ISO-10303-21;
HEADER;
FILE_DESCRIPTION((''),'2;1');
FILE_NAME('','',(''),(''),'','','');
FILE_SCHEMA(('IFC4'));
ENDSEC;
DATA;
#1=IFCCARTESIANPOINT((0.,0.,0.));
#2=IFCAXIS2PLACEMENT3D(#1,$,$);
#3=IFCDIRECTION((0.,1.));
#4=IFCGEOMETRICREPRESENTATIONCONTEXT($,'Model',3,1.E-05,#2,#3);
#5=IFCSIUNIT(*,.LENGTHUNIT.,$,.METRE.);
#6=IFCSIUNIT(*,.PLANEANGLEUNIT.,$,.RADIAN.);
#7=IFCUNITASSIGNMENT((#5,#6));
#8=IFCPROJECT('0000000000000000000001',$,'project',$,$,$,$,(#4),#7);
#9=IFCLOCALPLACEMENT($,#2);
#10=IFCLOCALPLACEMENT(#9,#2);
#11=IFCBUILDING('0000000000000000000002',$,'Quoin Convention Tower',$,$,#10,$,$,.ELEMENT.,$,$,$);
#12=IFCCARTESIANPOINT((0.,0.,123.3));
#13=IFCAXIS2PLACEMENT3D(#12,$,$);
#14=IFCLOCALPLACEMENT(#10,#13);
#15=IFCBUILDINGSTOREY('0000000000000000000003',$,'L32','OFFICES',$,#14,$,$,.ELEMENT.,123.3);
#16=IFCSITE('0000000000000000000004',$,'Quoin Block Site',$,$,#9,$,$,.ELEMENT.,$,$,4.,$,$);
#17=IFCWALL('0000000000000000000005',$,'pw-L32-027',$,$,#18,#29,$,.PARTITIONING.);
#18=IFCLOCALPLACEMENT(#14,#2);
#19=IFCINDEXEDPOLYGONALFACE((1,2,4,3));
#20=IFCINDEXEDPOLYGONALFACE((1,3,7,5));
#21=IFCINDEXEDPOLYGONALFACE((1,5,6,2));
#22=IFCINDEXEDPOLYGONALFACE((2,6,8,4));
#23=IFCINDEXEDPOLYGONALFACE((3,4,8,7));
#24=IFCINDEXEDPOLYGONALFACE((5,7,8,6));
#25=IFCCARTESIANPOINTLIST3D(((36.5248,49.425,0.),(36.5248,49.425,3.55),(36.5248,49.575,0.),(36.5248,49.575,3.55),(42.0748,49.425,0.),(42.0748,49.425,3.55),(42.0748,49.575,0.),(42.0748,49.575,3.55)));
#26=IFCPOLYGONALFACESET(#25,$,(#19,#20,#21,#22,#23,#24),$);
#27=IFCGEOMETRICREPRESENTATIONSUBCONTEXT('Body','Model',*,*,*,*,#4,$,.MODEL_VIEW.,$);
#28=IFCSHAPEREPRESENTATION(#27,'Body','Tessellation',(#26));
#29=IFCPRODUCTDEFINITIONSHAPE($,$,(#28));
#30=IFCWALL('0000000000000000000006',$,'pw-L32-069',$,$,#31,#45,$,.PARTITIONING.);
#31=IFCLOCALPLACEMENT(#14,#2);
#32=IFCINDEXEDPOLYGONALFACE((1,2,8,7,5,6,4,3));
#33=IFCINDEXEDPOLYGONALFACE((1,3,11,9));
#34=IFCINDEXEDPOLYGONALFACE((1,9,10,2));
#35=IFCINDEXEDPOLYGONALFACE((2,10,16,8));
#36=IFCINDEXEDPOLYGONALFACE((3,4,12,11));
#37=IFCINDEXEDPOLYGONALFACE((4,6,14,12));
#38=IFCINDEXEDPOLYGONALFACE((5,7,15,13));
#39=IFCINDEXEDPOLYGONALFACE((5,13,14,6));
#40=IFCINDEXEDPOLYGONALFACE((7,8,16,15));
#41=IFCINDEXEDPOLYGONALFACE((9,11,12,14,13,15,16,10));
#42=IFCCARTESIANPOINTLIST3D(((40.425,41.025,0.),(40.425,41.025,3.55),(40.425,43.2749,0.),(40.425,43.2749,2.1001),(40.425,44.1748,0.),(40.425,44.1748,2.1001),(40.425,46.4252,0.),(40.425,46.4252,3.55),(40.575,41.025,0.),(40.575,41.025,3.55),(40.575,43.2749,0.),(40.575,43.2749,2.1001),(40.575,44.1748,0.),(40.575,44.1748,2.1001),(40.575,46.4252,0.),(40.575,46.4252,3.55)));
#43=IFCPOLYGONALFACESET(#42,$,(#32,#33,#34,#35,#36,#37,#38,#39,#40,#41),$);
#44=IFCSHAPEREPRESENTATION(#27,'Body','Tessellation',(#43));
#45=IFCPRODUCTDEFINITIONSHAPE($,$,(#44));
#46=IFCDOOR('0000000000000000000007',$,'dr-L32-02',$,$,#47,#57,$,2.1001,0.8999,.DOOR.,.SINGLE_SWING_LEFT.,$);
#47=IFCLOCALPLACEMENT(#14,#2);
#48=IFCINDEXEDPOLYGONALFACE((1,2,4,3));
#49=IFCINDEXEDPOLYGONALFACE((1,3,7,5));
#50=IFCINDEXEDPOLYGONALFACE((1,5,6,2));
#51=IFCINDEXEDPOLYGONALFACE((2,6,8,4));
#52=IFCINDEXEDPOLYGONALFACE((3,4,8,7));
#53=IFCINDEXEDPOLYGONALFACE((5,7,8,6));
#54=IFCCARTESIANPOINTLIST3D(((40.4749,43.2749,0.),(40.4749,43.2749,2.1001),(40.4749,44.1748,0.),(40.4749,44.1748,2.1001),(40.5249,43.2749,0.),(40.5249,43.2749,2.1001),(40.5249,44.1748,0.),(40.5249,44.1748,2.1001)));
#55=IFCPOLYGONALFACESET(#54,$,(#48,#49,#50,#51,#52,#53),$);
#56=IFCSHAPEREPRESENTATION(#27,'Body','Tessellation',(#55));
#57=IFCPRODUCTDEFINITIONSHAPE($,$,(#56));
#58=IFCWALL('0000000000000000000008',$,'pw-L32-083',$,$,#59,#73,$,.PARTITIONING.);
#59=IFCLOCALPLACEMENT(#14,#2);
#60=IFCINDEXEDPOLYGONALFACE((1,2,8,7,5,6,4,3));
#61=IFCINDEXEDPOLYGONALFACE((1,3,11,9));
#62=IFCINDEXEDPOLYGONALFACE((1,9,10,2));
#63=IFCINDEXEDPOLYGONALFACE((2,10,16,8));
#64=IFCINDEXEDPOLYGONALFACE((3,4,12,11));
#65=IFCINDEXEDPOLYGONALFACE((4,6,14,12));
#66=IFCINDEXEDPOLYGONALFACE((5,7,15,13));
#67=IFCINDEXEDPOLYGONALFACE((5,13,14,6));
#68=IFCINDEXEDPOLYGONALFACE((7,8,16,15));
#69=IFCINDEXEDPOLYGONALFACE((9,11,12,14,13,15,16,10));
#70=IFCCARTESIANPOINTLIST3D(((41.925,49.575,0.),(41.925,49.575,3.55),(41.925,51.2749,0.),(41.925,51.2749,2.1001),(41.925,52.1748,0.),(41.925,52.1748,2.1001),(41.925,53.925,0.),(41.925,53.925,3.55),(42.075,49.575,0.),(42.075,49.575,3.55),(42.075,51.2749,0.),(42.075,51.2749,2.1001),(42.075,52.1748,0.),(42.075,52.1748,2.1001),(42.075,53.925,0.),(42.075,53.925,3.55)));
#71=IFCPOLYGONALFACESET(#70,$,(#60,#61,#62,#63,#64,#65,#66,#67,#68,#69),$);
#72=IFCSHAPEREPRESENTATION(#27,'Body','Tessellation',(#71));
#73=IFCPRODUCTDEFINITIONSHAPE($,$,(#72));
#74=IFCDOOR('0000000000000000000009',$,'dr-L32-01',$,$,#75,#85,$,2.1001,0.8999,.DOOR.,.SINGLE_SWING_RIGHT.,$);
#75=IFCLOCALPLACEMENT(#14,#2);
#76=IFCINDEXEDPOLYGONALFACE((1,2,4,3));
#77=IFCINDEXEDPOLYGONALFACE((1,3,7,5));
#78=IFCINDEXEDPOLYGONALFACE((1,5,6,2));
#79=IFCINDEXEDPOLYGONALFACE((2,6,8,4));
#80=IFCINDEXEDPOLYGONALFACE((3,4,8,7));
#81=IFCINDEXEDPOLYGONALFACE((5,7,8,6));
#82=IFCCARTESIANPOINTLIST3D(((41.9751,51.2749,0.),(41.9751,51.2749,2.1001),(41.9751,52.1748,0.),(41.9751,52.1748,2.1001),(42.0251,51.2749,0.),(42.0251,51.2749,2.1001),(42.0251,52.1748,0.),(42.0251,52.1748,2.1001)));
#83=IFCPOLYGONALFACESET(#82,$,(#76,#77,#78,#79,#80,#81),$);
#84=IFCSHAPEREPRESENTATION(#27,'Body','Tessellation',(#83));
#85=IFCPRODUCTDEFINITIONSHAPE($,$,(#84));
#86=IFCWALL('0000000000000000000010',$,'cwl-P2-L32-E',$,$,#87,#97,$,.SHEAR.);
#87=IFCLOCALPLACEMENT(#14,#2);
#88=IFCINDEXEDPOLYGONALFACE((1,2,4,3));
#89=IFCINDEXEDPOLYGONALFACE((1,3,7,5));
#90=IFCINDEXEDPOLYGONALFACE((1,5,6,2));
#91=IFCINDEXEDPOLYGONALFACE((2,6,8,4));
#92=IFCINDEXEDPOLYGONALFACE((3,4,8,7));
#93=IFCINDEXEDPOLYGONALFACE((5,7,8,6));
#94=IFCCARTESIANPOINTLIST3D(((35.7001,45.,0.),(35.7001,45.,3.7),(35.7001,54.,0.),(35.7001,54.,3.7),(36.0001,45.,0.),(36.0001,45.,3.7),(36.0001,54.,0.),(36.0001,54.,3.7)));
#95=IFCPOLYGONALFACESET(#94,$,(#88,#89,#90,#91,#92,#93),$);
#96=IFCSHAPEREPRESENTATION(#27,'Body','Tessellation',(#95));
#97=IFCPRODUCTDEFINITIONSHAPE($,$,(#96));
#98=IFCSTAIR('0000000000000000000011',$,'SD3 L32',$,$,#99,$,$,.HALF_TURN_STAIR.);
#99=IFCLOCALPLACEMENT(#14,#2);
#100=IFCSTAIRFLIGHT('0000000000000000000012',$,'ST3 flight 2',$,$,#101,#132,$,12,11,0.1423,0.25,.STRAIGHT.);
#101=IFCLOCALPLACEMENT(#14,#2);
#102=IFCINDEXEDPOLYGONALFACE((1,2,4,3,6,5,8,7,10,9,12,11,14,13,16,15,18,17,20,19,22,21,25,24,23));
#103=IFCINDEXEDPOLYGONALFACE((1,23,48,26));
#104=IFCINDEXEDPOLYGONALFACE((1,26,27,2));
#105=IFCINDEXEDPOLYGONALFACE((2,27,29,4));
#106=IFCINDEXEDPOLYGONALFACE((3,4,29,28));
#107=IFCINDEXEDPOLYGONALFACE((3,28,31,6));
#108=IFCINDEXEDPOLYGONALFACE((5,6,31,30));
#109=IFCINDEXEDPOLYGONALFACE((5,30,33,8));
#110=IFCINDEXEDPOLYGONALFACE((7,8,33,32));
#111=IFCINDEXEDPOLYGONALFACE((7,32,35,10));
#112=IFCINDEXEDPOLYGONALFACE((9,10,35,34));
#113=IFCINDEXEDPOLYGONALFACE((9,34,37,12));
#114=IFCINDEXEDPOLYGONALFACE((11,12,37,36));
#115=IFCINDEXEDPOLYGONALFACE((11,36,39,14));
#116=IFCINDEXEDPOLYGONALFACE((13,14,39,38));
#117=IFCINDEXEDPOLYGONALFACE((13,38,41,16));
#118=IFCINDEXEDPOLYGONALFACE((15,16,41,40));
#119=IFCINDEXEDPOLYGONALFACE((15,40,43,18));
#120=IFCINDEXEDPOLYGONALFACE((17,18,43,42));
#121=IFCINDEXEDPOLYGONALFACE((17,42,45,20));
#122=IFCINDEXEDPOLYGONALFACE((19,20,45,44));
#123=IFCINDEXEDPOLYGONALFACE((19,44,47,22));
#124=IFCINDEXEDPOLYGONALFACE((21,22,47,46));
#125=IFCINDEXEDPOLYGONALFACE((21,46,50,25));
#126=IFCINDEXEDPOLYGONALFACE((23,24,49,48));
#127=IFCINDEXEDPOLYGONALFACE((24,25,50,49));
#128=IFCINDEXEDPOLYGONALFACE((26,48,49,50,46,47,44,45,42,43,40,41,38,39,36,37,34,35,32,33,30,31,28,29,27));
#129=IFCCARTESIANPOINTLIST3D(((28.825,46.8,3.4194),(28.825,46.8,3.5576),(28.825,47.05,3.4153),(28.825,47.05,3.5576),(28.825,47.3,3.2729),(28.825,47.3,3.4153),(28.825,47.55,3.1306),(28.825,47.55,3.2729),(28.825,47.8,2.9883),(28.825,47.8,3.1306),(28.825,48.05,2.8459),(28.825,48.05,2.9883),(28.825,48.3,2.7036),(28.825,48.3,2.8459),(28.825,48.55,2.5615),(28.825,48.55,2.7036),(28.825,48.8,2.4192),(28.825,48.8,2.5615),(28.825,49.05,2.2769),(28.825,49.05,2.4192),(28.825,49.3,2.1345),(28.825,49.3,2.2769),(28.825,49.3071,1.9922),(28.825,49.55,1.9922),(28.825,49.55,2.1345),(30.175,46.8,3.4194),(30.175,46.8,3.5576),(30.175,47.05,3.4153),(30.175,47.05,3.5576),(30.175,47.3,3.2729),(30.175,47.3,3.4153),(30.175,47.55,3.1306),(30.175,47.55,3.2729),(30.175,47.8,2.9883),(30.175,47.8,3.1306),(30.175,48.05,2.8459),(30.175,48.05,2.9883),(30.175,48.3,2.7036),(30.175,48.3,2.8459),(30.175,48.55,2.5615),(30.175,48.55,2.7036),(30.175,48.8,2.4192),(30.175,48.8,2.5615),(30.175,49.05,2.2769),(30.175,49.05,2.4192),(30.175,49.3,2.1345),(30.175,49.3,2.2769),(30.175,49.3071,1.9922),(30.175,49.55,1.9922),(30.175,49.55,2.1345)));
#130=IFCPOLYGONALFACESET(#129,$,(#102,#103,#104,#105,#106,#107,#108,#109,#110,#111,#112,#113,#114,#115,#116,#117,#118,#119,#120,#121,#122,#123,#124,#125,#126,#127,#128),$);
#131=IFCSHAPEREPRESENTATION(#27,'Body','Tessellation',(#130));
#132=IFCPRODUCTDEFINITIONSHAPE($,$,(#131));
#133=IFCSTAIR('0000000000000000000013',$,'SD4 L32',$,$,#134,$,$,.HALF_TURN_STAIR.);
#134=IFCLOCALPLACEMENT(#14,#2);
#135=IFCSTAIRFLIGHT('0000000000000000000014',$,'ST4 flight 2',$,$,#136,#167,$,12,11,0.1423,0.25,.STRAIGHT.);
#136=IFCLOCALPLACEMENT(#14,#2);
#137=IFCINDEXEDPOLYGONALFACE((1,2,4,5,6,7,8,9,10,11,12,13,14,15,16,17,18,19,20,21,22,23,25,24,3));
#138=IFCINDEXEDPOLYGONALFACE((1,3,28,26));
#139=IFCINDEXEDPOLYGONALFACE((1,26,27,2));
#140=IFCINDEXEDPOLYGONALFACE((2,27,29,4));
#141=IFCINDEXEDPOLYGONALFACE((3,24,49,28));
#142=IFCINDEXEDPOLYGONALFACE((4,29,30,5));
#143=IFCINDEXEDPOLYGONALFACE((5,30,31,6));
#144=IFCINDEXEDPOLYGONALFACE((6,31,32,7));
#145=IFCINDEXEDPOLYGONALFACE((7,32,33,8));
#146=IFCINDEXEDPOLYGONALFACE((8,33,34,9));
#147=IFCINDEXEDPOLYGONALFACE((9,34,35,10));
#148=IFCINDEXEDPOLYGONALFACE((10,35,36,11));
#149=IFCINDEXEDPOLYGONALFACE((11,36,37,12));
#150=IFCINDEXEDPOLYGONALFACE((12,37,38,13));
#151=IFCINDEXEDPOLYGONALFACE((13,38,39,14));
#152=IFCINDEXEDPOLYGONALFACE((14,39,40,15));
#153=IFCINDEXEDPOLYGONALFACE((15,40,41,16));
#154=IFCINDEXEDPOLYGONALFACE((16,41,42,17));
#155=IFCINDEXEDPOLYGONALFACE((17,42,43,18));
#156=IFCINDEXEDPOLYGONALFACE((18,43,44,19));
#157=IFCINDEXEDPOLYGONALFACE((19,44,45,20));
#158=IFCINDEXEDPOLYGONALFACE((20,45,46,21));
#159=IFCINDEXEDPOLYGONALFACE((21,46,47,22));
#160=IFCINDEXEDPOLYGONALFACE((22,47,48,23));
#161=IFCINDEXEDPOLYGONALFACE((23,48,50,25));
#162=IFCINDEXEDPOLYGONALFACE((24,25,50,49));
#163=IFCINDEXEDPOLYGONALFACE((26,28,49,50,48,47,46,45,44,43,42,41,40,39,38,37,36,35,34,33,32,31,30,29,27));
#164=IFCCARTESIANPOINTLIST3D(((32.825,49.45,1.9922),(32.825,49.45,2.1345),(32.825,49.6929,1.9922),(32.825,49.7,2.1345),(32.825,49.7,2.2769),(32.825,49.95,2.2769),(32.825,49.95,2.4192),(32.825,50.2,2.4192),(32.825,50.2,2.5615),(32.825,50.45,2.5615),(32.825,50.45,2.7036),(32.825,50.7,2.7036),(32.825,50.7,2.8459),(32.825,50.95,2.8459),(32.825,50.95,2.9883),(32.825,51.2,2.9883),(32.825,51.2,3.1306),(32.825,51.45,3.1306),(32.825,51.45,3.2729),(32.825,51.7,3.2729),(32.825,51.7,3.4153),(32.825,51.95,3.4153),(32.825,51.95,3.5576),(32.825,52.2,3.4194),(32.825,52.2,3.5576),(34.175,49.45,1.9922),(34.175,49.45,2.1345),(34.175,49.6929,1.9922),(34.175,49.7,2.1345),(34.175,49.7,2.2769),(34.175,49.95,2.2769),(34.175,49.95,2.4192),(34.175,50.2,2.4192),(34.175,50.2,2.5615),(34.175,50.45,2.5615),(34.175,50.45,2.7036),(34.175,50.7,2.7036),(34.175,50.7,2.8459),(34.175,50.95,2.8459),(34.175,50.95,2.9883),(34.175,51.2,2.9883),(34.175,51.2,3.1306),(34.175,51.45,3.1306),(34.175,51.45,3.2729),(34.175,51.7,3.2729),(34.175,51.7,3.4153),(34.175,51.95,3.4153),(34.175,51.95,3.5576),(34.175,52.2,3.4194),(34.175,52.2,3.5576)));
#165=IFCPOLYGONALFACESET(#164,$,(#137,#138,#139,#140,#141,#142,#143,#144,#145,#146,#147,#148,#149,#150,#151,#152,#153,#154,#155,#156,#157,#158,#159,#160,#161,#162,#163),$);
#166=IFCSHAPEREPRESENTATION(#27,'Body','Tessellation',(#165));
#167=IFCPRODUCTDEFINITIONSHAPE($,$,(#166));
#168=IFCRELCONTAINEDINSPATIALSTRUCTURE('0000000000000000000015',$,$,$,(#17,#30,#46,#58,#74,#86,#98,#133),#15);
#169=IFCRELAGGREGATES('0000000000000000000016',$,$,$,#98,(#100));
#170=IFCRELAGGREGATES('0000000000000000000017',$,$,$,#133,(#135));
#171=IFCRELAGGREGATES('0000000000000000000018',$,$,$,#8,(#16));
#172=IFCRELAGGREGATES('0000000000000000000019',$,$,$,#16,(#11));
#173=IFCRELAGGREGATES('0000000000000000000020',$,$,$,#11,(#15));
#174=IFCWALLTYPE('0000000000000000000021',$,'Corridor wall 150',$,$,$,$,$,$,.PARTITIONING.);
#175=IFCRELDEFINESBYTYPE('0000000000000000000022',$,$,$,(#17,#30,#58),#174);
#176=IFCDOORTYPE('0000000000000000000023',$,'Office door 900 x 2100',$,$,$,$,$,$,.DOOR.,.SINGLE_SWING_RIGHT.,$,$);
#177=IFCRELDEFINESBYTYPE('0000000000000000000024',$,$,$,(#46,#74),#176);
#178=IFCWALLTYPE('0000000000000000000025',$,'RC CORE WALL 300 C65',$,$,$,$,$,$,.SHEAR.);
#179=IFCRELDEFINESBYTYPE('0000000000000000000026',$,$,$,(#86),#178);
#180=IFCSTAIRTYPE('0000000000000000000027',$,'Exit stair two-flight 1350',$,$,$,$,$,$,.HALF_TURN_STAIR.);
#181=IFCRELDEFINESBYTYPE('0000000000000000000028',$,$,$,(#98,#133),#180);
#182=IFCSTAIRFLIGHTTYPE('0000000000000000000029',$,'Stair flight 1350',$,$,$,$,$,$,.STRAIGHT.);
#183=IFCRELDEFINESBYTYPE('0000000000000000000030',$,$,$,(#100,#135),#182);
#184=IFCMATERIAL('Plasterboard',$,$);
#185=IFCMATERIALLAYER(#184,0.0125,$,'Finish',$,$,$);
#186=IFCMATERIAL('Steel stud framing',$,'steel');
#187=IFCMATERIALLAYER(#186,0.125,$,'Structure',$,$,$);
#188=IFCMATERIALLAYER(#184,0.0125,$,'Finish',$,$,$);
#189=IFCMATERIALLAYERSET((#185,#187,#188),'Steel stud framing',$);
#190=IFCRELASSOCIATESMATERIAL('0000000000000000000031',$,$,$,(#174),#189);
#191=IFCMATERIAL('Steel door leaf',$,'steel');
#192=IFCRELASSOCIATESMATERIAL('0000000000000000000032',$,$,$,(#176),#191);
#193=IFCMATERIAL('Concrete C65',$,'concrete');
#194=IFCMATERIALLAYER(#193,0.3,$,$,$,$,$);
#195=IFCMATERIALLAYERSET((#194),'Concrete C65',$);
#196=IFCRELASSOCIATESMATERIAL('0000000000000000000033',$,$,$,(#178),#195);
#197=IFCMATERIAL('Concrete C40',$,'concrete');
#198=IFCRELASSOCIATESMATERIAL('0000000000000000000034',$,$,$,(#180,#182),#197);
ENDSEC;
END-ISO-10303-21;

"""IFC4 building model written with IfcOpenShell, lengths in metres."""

from ifc_helpers import new_model, si_unit, direction, frame, frame_2d, origin, place, context, subcontext, project, spatial, polyline, rectangle, outline, extrude, material, layer, layer_set, type_object, element, fill, aggregate, save


model = new_model("IFC4")

# Units and contexts
model_context = context("Model", 3, precision=1e-05, world=origin(), true_north=direction((0.0, 1.0)))
body_context = subcontext(model_context, "Body", "Model", "MODEL_VIEW")
ifc_project = project(units=[si_unit("LENGTHUNIT", "METRE"), si_unit("PLANEANGLEUNIT", "RADIAN")], contexts=[model_context])

# Site, building, storey
site_placement = place(None, origin())
site = spatial("IfcSite", under=ifc_project, at=site_placement, Name="Quoin Block Site", CompositionType="ELEMENT", RefElevation=4.0)
building_placement = place(site_placement, origin())
building = spatial("IfcBuilding", under=site, at=building_placement, Name="Quoin Convention Tower", CompositionType="ELEMENT")
storey_placement = place(building_placement, frame((0.0, 0.0, 123.3)))
storey = spatial("IfcBuildingStorey", under=building, at=storey_placement, Name="L32", Description="OFFICES", CompositionType="ELEMENT", Elevation=123.3)

# Shared definitions
ifc_material_1 = material(Name="Concrete C65", Category="concrete")

# Wall
ifc_material_2 = material(Name="Plasterboard")
ifc_layer_1 = layer(ifc_material_2, 0.0125, Name="Finish")
ifc_material_3 = material(Name="Steel stud framing", Category="steel")
ifc_layer_2 = layer(ifc_material_3, 0.125, Name="Structure")
ifc_layer_3 = layer(ifc_material_2, 0.0125, Name="Finish")
ifc_layer_set_1 = layer_set([ifc_layer_1, ifc_layer_2, ifc_layer_3], Name="Steel stud framing")
wall_type_1 = type_object("IfcWallType", Name="Corridor wall 150", PredefinedType="PARTITIONING", material=ifc_layer_set_1)
wall_1_placement = place(storey_placement, frame((36.5249, 49.5, 0.0), z_axis=(0.0, 0.0, 1.0), x_axis=(1.0, 0.0, 0.0)))
element("IfcWall", 1, at=wall_1_placement, inside=storey, type_object=wall_type_1, Name="pw-L32-027", PredefinedType="PARTITIONING", context=body_context, shape_type="SweptSolid", body=[
    extrude(rectangle(XDim=5.55, YDim=0.1499, at=frame_2d((2.7749, 0.0))), origin(), (0.0, 0.0, 1.0), 3.55),
])

# Walls, openings, doors
wall_2_placement = place(storey_placement, frame((40.5, 41.0249, 0.0), z_axis=(0.0, 0.0, 1.0), x_axis=(0.0, 1.0, 0.0)))
wall_2 = element("IfcWall", 2, at=wall_2_placement, inside=storey, type_object=wall_type_1, Name="pw-L32-069", PredefinedType="PARTITIONING", context=body_context, shape_type="SweptSolid", body=[
    extrude(rectangle(XDim=5.4001, YDim=0.1499, at=frame_2d((2.7002, 0.0))), origin(), (0.0, 0.0, 1.0), 3.55),
])
opening_1_placement = place(wall_2_placement, frame((2.25, 0.0, 0.0)))
opening_1 = element("IfcOpeningElement", 3, at=opening_1_placement, cuts=wall_2, PredefinedType="OPENING", context=body_context, shape_type="SweptSolid", body=[
    extrude(rectangle(XDim=0.8999, YDim=2.1001, at=frame_2d((0.45, 1.05))), frame((0.0, 0.085, 0.0), z_axis=(0.0, -1.0, 0.0), x_axis=(1.0, 0.0, 0.0)), (0.0, 0.0, 1.0), 0.1699),
])
ifc_material_4 = material(Name="Steel door leaf", Category="steel")
door_type = type_object("IfcDoorType", Name="Office door 900 x 2100", OperationType="SINGLE_SWING_RIGHT", PredefinedType="DOOR", material=ifc_material_4)
door_1_placement = place(opening_1_placement, frame((0.8999, 0.0, 0.0), z_axis=(0.0, 0.0, 1.0), x_axis=(-1.0, 0.0, 0.0)))
door_1 = element("IfcDoor", 4, at=door_1_placement, inside=storey, type_object=door_type, Name="dr-L32-02", OperationType="SINGLE_SWING_LEFT", OverallHeight=2.1001, OverallWidth=0.8999, PredefinedType="DOOR", context=body_context, shape_type="SweptSolid", body=[
    extrude(rectangle(XDim=0.8999, YDim=2.1001, at=frame_2d((0.45, 1.05))), frame((0.0, 0.0249, 0.0), z_axis=(0.0, -1.0, 0.0), x_axis=(1.0, 0.0, 0.0)), (0.0, 0.0, 1.0), 0.05),
])
fill(opening_1, door_1)
wall_3_placement = place(storey_placement, frame((42.0, 49.575, 0.0), z_axis=(0.0, 0.0, 1.0), x_axis=(0.0, 1.0, 0.0)))
wall_3 = element("IfcWall", 5, at=wall_3_placement, inside=storey, type_object=wall_type_1, Name="pw-L32-083", PredefinedType="PARTITIONING", context=body_context, shape_type="SweptSolid", body=[
    extrude(rectangle(XDim=4.3501, YDim=0.1499, at=frame_2d((2.175, 0.0))), origin(), (0.0, 0.0, 1.0), 3.55),
])
opening_2_placement = place(wall_3_placement, frame((1.7, 0.0, 0.0)))
opening_2 = element("IfcOpeningElement", 6, at=opening_2_placement, cuts=wall_3, PredefinedType="OPENING", context=body_context, shape_type="SweptSolid", body=[
    extrude(rectangle(XDim=0.8999, YDim=2.1001, at=frame_2d((0.45, 1.05))), frame((0.0, 0.085, 0.0), z_axis=(0.0, -1.0, 0.0), x_axis=(1.0, 0.0, 0.0)), (0.0, 0.0, 1.0), 0.1699),
])
door_2_placement = place(opening_2_placement, origin())
door_2 = element("IfcDoor", 7, at=door_2_placement, inside=storey, type_object=door_type, Name="dr-L32-01", OperationType="SINGLE_SWING_RIGHT", OverallHeight=2.1001, OverallWidth=0.8999, PredefinedType="DOOR", context=body_context, shape_type="SweptSolid", body=[
    extrude(rectangle(XDim=0.8999, YDim=2.1001, at=frame_2d((0.45, 1.05))), frame((0.0, 0.0249, 0.0), z_axis=(0.0, -1.0, 0.0), x_axis=(1.0, 0.0, 0.0)), (0.0, 0.0, 1.0), 0.05),
])
fill(opening_2, door_2)

# Wall
ifc_layer_4 = layer(ifc_material_1, 0.3)
ifc_layer_set_2 = layer_set([ifc_layer_4], Name="Concrete C65")
wall_type_2 = type_object("IfcWallType", Name="RC CORE WALL 300 C65", PredefinedType="SHEAR", material=ifc_layer_set_2)
wall_4_placement = place(storey_placement, frame((35.8501, 45.0, 0.0), z_axis=(0.0, 0.0, 1.0), x_axis=(0.0, 1.0, 0.0)))
element("IfcWall", 8, at=wall_4_placement, inside=storey, type_object=wall_type_2, Name="cwl-P2-L32-E", PredefinedType="SHEAR", context=body_context, shape_type="SweptSolid", body=[
    extrude(rectangle(XDim=9.0, YDim=0.3, at=frame_2d((4.5, 0.0))), origin(), (0.0, 0.0, 1.0), 3.7),
])

# Stairs, stair flights
ifc_material_5 = material(Name="Concrete C40", Category="concrete")
stair_type = type_object("IfcStairType", Name="Exit stair two-flight 1350", PredefinedType="HALF_TURN_STAIR", material=ifc_material_5)
stair_1_placement = place(storey_placement, origin())
stair_1 = element("IfcStair", 9, at=stair_1_placement, inside=storey, type_object=stair_type, Name="SD3 L32", PredefinedType="HALF_TURN_STAIR")
stair_flight_type = type_object("IfcStairFlightType", Name="Stair flight 1350", PredefinedType="STRAIGHT", material=ifc_material_5)
stair_flight_1_placement = place(storey_placement, frame((29.5, 49.55, 1.9922), z_axis=(0.0, 0.0, 1.0), x_axis=(0.0, -1.0, 0.0)))
stair_flight_1 = element("IfcStairFlight", 10, at=stair_flight_1_placement, type_object=stair_flight_type, Name="ST3 flight 2", NumberOfRisers=12, NumberOfTreads=11, PredefinedType="STRAIGHT", RiserHeight=0.1423, TreadLength=0.25, context=body_context, shape_type="SweptSolid", body=[
    extrude(outline(polyline([(0.0, 0.0), (0.0, 0.1423), (0.25, 0.1423), (0.25, 0.2847), (0.5, 0.2847), (0.5, 0.427), (0.75, 0.427), (0.75, 0.5693), (1.0, 0.5693), (1.0, 0.7114), (1.25, 0.7114), (1.25, 0.8538), (1.5, 0.8538), (1.5, 0.9961), (1.75, 0.9961), (1.75, 1.1384), (2.0, 1.1384), (2.0, 1.2808), (2.25, 1.2808), (2.25, 1.4231), (2.5, 1.4231), (2.5, 1.5654), (2.75, 1.5654), (2.75, 1.7078), (2.75, 1.4272), (0.2429, 0.0), (0.0, 0.0)])), frame((0.0, 0.675, 0.0), z_axis=(0.0, -1.0, 0.0), x_axis=(1.0, 0.0, 0.0)), (0.0, 0.0, 1.0), 1.3501),
])
aggregate(stair_1, [stair_flight_1])
stair_2_placement = place(storey_placement, origin())
stair_2 = element("IfcStair", 11, at=stair_2_placement, inside=storey, type_object=stair_type, Name="SD4 L32", PredefinedType="HALF_TURN_STAIR")
stair_flight_2_placement = place(storey_placement, frame((33.5, 49.45, 1.9922), z_axis=(0.0, 0.0, 1.0), x_axis=(0.0, 1.0, 0.0)))
stair_flight_2 = element("IfcStairFlight", 12, at=stair_flight_2_placement, type_object=stair_flight_type, Name="ST4 flight 2", NumberOfRisers=12, NumberOfTreads=11, PredefinedType="STRAIGHT", RiserHeight=0.1423, TreadLength=0.25, context=body_context, shape_type="SweptSolid", body=[
    extrude(outline(polyline([(0.0, 0.0), (0.0, 0.1423), (0.25, 0.1423), (0.25, 0.2847), (0.5, 0.2847), (0.5, 0.427), (0.75, 0.427), (0.75, 0.5693), (1.0, 0.5693), (1.0, 0.7114), (1.25, 0.7114), (1.25, 0.8538), (1.5, 0.8538), (1.5, 0.9961), (1.75, 0.9961), (1.75, 1.1384), (2.0, 1.1384), (2.0, 1.2808), (2.25, 1.2808), (2.25, 1.4231), (2.5, 1.4231), (2.5, 1.5654), (2.75, 1.5654), (2.75, 1.7078), (2.75, 1.4272), (0.2429, 0.0), (0.0, 0.0)])), frame((0.0, 0.675, 0.0), z_axis=(0.0, -1.0, 0.0), x_axis=(1.0, 0.0, 0.0)), (0.0, 0.0, 1.0), 1.3501),
])
aggregate(stair_2, [stair_flight_2])

save(model, "model.ifc")
